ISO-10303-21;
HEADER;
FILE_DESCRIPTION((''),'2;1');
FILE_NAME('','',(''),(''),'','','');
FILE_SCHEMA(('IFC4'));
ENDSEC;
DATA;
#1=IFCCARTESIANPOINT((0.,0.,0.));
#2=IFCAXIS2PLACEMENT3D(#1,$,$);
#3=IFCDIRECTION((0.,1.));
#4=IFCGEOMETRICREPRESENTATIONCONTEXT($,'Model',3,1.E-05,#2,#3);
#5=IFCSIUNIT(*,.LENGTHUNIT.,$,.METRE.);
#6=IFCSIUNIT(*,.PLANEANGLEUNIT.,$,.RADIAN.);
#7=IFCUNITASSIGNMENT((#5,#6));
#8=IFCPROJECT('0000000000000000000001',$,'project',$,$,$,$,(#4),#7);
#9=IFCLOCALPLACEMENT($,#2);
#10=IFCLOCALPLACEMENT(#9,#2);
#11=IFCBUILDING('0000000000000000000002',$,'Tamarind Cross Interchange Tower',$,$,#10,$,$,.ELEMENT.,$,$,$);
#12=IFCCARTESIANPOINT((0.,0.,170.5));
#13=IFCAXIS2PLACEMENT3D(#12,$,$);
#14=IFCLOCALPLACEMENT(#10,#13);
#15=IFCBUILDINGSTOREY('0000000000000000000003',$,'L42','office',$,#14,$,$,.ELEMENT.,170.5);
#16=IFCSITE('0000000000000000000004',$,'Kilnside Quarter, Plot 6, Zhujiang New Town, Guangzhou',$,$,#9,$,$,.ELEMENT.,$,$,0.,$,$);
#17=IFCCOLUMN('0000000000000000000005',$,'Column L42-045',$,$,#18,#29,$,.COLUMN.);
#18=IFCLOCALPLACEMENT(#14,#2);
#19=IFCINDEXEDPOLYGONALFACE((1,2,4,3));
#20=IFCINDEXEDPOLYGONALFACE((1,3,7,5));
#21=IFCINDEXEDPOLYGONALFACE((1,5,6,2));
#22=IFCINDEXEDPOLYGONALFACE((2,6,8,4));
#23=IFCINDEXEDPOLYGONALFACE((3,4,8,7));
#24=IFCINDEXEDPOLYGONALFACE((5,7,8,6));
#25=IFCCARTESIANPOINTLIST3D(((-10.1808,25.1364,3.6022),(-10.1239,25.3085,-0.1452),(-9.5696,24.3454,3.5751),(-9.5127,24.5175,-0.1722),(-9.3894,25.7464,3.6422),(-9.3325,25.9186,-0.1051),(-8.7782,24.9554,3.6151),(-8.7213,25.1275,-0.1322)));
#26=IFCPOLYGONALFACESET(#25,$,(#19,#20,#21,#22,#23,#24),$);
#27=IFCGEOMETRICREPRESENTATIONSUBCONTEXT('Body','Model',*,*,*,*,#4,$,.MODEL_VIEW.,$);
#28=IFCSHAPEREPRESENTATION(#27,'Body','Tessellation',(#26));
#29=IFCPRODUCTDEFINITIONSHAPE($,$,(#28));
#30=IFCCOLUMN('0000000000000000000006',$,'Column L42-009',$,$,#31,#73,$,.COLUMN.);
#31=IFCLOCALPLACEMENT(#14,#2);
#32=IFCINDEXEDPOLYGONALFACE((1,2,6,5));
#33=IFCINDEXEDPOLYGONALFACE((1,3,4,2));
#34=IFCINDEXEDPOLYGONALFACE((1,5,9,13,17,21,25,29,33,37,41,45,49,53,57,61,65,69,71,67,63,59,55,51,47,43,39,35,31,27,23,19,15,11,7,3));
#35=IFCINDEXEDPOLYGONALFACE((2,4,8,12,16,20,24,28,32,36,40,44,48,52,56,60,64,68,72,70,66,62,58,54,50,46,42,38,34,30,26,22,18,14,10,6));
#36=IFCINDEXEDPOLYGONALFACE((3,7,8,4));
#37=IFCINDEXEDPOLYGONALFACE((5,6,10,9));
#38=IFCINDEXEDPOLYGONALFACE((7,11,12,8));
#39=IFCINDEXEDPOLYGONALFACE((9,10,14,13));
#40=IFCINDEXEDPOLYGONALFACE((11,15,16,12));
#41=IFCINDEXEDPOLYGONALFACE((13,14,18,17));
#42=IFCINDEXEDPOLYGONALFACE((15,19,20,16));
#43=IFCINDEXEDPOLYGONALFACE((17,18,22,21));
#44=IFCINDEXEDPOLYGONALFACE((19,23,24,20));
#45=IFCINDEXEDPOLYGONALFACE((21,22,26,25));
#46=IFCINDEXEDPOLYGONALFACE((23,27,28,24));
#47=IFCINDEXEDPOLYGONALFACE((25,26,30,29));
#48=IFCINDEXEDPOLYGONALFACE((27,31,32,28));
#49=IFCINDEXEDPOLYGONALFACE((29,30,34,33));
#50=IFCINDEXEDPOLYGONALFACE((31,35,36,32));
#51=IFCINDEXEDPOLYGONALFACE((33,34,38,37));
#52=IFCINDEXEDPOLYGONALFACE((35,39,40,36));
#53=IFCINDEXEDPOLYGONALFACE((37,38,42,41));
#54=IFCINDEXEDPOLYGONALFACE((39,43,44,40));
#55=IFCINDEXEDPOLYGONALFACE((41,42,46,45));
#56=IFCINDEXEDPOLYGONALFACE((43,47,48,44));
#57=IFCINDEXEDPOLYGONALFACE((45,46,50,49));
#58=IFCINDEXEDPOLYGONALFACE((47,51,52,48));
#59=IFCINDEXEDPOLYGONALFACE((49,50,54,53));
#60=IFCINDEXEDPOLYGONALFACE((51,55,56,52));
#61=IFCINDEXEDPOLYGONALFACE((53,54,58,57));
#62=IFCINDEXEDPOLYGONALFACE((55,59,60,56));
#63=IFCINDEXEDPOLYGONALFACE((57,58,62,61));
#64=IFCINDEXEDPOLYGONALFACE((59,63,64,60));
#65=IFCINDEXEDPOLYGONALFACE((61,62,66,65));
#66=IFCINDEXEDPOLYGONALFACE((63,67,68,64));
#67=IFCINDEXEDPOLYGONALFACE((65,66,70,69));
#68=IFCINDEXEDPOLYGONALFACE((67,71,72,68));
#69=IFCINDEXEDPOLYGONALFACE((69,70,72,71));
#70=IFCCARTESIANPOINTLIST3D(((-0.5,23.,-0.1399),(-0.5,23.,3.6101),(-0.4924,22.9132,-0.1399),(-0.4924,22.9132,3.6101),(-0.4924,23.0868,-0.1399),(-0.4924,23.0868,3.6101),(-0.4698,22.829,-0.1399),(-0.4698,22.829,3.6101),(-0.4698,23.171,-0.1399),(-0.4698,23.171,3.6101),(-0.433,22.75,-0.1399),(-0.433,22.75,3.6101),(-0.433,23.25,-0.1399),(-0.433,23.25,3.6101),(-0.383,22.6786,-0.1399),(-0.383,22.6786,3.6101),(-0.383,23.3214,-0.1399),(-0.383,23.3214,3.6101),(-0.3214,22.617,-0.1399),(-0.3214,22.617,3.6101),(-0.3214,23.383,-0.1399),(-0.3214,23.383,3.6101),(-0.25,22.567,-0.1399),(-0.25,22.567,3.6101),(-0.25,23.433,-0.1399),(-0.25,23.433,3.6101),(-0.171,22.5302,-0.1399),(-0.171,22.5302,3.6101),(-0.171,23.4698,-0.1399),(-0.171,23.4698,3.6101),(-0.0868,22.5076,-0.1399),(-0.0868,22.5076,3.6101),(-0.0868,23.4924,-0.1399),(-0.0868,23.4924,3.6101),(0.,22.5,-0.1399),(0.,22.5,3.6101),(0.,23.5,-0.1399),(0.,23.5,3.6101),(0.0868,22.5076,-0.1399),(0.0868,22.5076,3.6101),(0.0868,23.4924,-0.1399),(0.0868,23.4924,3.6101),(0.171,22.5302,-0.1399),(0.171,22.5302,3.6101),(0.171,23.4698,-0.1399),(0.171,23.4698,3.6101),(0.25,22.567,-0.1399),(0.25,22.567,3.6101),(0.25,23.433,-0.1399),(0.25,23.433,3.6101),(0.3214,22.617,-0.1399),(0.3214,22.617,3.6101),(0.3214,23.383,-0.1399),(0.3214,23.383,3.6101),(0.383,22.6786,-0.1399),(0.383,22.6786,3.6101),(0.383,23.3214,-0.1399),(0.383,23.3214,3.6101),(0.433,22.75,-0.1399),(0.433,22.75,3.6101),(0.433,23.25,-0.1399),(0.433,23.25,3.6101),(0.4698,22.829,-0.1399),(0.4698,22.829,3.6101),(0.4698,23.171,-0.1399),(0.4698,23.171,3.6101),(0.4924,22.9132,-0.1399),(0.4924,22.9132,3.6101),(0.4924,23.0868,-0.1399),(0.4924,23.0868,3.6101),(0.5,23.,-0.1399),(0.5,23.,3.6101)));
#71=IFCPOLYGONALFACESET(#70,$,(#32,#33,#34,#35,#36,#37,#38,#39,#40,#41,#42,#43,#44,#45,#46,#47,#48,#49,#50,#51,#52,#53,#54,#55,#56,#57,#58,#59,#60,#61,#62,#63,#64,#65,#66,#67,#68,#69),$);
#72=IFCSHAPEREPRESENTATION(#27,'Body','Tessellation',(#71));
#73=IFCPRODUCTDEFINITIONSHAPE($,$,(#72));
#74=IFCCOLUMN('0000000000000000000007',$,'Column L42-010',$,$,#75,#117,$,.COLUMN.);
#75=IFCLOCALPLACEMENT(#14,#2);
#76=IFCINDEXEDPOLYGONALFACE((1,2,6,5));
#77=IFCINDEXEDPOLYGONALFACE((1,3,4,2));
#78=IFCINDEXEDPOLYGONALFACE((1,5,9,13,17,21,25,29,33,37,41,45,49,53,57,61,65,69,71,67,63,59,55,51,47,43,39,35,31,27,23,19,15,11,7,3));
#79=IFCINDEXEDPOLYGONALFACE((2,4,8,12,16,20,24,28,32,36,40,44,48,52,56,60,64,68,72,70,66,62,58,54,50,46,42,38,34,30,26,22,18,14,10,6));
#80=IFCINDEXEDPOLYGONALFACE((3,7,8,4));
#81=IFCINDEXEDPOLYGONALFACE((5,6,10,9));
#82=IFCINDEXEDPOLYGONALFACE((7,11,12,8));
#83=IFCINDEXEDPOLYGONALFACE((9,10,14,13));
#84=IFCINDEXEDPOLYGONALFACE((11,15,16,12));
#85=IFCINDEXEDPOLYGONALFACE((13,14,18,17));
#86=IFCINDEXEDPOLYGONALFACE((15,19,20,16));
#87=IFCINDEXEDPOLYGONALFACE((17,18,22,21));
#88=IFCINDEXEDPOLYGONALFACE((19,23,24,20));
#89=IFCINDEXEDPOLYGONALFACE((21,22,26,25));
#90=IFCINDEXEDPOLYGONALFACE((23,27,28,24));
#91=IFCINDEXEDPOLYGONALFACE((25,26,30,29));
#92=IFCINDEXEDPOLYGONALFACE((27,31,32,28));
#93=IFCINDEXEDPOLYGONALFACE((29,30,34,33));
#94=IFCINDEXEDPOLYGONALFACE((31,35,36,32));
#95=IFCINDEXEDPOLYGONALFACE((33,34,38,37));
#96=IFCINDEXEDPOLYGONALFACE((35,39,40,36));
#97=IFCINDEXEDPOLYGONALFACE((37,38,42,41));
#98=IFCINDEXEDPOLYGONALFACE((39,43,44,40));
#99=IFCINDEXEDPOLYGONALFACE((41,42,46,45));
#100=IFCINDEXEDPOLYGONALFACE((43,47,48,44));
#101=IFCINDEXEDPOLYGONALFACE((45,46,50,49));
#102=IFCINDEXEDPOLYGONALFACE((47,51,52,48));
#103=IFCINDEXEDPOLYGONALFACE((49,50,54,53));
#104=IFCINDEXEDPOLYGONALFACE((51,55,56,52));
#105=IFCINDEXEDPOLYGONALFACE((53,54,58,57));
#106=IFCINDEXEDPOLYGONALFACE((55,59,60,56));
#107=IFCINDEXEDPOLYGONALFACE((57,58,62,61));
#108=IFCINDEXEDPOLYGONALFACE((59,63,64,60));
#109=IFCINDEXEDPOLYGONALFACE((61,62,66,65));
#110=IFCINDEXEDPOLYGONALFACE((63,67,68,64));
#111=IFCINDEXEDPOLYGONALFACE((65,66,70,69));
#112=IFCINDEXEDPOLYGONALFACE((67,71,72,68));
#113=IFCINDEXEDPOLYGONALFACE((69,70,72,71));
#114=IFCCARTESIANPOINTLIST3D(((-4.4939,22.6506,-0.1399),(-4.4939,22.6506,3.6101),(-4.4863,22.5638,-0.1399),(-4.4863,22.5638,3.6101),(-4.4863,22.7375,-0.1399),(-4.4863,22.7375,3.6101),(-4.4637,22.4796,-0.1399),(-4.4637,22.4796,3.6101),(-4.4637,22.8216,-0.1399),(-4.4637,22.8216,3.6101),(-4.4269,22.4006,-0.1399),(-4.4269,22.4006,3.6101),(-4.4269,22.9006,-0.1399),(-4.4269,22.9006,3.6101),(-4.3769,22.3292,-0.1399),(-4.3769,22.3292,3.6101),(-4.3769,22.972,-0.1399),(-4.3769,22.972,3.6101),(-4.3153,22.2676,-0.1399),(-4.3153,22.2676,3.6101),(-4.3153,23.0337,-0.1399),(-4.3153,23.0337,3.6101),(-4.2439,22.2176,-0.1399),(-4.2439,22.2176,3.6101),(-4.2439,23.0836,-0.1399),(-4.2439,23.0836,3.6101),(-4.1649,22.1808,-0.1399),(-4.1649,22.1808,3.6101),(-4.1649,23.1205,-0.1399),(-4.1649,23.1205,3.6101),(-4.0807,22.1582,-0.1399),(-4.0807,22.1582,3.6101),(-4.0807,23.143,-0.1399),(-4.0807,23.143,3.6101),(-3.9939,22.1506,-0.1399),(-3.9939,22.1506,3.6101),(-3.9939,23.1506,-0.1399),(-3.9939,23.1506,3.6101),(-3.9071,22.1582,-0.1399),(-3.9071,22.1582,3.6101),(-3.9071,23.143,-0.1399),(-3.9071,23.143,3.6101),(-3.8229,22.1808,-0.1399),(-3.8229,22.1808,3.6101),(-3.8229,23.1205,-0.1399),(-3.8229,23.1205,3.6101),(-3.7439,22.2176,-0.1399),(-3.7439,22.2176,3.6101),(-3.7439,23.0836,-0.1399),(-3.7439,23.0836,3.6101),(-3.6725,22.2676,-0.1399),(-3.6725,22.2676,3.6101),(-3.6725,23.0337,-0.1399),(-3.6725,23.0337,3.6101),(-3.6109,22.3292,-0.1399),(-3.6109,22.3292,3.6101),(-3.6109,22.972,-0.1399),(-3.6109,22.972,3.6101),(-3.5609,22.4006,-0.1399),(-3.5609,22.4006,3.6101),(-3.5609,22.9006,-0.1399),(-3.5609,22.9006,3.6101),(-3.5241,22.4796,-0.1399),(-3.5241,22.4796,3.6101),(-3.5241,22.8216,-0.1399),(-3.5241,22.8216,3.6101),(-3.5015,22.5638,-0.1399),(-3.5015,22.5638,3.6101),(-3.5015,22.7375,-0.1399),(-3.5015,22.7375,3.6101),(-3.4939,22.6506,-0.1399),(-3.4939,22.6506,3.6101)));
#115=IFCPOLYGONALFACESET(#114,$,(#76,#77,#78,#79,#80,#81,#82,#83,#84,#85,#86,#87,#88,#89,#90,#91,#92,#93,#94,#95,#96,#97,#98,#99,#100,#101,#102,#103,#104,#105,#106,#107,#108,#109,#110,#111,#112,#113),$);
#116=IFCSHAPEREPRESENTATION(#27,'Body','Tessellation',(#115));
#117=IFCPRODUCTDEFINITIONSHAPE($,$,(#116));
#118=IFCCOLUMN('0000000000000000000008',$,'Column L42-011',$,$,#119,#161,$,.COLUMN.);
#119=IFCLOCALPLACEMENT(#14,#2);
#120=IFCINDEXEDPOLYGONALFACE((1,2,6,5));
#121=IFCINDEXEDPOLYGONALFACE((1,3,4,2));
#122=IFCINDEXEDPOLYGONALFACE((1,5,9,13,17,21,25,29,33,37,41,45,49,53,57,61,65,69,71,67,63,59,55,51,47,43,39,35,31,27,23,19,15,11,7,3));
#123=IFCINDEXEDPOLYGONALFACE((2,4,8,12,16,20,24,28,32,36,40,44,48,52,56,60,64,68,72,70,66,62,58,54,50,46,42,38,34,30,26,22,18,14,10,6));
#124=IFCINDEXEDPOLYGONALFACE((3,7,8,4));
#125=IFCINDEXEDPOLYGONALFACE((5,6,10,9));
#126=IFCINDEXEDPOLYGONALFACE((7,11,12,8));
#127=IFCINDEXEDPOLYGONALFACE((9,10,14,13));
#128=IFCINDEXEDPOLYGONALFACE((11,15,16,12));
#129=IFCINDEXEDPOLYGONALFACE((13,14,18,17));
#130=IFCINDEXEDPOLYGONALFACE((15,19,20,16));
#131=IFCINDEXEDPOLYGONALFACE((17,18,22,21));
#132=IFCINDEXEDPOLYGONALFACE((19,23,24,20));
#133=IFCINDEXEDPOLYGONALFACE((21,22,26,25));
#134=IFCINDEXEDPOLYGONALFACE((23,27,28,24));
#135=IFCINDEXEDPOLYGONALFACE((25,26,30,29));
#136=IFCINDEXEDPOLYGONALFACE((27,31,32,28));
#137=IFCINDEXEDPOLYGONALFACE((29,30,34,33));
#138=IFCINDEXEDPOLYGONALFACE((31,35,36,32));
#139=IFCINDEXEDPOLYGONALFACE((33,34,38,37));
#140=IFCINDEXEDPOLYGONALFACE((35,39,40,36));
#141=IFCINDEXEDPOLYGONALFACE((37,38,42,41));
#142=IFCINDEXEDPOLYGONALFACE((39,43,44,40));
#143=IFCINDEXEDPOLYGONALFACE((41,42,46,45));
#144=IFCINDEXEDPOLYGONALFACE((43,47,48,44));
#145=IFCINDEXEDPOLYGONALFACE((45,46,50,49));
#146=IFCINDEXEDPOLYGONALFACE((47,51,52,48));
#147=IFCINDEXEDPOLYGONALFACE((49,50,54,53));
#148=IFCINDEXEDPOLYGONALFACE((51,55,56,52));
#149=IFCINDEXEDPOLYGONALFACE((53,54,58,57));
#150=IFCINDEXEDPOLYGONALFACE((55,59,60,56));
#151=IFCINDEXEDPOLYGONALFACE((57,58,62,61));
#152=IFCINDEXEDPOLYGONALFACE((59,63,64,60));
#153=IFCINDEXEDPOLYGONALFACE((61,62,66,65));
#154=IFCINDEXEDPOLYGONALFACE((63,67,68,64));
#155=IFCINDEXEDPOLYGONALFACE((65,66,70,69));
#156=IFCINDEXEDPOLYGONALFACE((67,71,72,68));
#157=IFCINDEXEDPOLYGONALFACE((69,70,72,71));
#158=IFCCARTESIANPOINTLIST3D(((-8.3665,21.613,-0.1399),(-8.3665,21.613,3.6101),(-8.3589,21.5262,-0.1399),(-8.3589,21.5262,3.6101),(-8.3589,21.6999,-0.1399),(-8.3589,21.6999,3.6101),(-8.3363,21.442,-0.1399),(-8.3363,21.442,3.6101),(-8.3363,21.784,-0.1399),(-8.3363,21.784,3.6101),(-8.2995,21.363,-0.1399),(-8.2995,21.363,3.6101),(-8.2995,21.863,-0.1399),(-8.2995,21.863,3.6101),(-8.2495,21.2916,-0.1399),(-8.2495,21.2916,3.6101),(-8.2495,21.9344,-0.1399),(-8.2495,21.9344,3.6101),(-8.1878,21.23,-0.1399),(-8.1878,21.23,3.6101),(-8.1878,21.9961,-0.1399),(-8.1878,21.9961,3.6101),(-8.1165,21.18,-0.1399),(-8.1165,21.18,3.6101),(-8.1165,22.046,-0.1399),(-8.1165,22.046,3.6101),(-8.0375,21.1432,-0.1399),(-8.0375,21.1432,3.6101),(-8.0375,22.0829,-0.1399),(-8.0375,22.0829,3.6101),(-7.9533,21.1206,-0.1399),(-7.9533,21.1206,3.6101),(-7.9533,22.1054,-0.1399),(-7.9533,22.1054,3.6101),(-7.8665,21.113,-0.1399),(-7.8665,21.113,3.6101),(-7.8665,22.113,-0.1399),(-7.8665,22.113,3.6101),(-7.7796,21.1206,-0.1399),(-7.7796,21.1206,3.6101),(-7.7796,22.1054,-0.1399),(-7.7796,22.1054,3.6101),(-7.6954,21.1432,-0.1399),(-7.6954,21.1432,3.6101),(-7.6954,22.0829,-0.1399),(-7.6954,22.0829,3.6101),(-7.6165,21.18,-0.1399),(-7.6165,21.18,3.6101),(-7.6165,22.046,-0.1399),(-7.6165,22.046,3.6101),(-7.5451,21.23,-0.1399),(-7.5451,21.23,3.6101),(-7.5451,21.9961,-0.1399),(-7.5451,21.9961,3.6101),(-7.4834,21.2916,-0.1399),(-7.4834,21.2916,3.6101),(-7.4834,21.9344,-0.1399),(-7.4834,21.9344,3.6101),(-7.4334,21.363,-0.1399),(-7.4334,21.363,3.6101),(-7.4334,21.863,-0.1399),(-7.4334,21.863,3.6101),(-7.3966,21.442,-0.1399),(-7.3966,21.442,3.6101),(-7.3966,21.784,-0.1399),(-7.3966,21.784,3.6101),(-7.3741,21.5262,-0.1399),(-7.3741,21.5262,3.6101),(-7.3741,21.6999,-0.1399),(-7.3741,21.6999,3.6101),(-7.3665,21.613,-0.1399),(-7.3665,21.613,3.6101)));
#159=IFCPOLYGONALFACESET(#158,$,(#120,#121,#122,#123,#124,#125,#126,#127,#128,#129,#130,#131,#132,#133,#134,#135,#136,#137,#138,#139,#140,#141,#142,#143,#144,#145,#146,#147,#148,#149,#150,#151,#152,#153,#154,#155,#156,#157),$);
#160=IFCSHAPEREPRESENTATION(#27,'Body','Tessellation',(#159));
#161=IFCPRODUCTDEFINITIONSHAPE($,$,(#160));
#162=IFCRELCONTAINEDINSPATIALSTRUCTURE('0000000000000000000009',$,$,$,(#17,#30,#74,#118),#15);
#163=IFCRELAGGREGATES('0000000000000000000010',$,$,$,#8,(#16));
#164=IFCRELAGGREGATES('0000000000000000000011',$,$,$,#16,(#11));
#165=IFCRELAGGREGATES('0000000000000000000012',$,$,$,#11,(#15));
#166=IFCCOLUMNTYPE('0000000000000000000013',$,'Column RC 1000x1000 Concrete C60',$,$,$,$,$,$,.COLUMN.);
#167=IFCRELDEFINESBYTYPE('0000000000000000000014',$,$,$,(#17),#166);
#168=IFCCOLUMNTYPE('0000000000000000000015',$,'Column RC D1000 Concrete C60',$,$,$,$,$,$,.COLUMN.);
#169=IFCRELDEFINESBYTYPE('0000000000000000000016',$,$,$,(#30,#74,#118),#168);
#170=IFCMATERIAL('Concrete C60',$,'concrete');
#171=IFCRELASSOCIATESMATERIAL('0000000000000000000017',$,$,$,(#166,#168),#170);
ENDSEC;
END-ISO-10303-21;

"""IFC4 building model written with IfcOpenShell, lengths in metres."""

from ifc_helpers import new_model, si_unit, direction, frame, origin, origin_2d, place, context, subcontext, project, spatial, rectangle, circle, extrude, material, material_profile, profile_set, type_object, element, save


model = new_model("IFC4")

# Units and contexts
model_context = context("Model", 3, precision=1e-05, world=origin(), true_north=direction((0.0, 1.0)))
body_context = subcontext(model_context, "Body", "Model", "MODEL_VIEW")
ifc_project = project(units=[si_unit("LENGTHUNIT", "METRE"), si_unit("PLANEANGLEUNIT", "RADIAN")], contexts=[model_context])

# Site, building, storey
site_placement = place(None, origin())
site = spatial("IfcSite", under=ifc_project, at=site_placement, Name="Kilnside Quarter, Plot 6, Zhujiang New Town, Guangzhou", CompositionType="ELEMENT", RefElevation=0.0)
building_placement = place(site_placement, origin())
building = spatial("IfcBuilding", under=site, at=building_placement, Name="Tamarind Cross Interchange Tower", CompositionType="ELEMENT")
storey_placement = place(building_placement, frame((0.0, 0.0, 170.5)))
storey = spatial("IfcBuildingStorey", under=building, at=storey_placement, Name="L42", Description="office", CompositionType="ELEMENT", Elevation=170.5)

# Columns
ifc_material_1 = material(Name="Concrete C60", Category="concrete")
ifc_material_profile_1 = material_profile(ifc_material_1, rectangle(XDim=1.0, YDim=1.0, at=origin_2d()), Name="RC 1000x1000")
ifc_profile_set_1 = profile_set([ifc_material_profile_1], Name="Concrete C60")
column_type_1 = type_object("IfcColumnType", Name="Column RC 1000x1000 Concrete C60", PredefinedType="COLUMN", material=ifc_profile_set_1)
column_placement = place(storey_placement, frame((-9.4226, 25.218, -0.1387), z_axis=(-0.015162, -0.045878, 0.998832), x_axis=(0.791362, 0.610036, 0.040033)))
element("IfcColumn", 1, at=column_placement, inside=storey, type_object=column_type_1, Name="Column L42-045", PredefinedType="COLUMN", context=body_context, shape_type="SweptSolid", body=[
    extrude(rectangle(XDim=1.0, YDim=1.0, at=origin_2d()), origin(), (0.0, 0.0, 1.0), 3.7517),
])
ifc_material_profile_2 = material_profile(ifc_material_1, circle(Radius=0.5, at=origin_2d()), Name="RC D1000")
ifc_profile_set_2 = profile_set([ifc_material_profile_2], Name="Concrete C60")
column_type_2 = type_object("IfcColumnType", Name="Column RC D1000 Concrete C60", PredefinedType="COLUMN", material=ifc_profile_set_2)
for number, where, z_axis, x_axis, name in (
    (2, (0.0, 23.0, -0.1399), (0.0, 0.0, 1.0), (1.0, 0.0, 0.0), "Column L42-009"),
    (3, (-3.9939, 22.6506, -0.1399), (0.0, 0.0, 1.0), (1.0, 0.0, 0.0), "Column L42-010"),
    (4, (-7.8665, 21.613, -0.1399), (0.0, 0.0, 1.0), (1.0, 0.0, 0.0), "Column L42-011"),
):
    element("IfcColumn", number, at=place(storey_placement, frame(where, z_axis=z_axis, x_axis=x_axis)), inside=storey, type_object=column_type_2, Name=name, PredefinedType="COLUMN", context=body_context, shape_type="SweptSolid", body=[
        extrude(circle(Radius=0.5, at=origin_2d()), origin(), (0.0, 0.0, 1.0), 3.75),
    ])

save(model, "model.ifc")
